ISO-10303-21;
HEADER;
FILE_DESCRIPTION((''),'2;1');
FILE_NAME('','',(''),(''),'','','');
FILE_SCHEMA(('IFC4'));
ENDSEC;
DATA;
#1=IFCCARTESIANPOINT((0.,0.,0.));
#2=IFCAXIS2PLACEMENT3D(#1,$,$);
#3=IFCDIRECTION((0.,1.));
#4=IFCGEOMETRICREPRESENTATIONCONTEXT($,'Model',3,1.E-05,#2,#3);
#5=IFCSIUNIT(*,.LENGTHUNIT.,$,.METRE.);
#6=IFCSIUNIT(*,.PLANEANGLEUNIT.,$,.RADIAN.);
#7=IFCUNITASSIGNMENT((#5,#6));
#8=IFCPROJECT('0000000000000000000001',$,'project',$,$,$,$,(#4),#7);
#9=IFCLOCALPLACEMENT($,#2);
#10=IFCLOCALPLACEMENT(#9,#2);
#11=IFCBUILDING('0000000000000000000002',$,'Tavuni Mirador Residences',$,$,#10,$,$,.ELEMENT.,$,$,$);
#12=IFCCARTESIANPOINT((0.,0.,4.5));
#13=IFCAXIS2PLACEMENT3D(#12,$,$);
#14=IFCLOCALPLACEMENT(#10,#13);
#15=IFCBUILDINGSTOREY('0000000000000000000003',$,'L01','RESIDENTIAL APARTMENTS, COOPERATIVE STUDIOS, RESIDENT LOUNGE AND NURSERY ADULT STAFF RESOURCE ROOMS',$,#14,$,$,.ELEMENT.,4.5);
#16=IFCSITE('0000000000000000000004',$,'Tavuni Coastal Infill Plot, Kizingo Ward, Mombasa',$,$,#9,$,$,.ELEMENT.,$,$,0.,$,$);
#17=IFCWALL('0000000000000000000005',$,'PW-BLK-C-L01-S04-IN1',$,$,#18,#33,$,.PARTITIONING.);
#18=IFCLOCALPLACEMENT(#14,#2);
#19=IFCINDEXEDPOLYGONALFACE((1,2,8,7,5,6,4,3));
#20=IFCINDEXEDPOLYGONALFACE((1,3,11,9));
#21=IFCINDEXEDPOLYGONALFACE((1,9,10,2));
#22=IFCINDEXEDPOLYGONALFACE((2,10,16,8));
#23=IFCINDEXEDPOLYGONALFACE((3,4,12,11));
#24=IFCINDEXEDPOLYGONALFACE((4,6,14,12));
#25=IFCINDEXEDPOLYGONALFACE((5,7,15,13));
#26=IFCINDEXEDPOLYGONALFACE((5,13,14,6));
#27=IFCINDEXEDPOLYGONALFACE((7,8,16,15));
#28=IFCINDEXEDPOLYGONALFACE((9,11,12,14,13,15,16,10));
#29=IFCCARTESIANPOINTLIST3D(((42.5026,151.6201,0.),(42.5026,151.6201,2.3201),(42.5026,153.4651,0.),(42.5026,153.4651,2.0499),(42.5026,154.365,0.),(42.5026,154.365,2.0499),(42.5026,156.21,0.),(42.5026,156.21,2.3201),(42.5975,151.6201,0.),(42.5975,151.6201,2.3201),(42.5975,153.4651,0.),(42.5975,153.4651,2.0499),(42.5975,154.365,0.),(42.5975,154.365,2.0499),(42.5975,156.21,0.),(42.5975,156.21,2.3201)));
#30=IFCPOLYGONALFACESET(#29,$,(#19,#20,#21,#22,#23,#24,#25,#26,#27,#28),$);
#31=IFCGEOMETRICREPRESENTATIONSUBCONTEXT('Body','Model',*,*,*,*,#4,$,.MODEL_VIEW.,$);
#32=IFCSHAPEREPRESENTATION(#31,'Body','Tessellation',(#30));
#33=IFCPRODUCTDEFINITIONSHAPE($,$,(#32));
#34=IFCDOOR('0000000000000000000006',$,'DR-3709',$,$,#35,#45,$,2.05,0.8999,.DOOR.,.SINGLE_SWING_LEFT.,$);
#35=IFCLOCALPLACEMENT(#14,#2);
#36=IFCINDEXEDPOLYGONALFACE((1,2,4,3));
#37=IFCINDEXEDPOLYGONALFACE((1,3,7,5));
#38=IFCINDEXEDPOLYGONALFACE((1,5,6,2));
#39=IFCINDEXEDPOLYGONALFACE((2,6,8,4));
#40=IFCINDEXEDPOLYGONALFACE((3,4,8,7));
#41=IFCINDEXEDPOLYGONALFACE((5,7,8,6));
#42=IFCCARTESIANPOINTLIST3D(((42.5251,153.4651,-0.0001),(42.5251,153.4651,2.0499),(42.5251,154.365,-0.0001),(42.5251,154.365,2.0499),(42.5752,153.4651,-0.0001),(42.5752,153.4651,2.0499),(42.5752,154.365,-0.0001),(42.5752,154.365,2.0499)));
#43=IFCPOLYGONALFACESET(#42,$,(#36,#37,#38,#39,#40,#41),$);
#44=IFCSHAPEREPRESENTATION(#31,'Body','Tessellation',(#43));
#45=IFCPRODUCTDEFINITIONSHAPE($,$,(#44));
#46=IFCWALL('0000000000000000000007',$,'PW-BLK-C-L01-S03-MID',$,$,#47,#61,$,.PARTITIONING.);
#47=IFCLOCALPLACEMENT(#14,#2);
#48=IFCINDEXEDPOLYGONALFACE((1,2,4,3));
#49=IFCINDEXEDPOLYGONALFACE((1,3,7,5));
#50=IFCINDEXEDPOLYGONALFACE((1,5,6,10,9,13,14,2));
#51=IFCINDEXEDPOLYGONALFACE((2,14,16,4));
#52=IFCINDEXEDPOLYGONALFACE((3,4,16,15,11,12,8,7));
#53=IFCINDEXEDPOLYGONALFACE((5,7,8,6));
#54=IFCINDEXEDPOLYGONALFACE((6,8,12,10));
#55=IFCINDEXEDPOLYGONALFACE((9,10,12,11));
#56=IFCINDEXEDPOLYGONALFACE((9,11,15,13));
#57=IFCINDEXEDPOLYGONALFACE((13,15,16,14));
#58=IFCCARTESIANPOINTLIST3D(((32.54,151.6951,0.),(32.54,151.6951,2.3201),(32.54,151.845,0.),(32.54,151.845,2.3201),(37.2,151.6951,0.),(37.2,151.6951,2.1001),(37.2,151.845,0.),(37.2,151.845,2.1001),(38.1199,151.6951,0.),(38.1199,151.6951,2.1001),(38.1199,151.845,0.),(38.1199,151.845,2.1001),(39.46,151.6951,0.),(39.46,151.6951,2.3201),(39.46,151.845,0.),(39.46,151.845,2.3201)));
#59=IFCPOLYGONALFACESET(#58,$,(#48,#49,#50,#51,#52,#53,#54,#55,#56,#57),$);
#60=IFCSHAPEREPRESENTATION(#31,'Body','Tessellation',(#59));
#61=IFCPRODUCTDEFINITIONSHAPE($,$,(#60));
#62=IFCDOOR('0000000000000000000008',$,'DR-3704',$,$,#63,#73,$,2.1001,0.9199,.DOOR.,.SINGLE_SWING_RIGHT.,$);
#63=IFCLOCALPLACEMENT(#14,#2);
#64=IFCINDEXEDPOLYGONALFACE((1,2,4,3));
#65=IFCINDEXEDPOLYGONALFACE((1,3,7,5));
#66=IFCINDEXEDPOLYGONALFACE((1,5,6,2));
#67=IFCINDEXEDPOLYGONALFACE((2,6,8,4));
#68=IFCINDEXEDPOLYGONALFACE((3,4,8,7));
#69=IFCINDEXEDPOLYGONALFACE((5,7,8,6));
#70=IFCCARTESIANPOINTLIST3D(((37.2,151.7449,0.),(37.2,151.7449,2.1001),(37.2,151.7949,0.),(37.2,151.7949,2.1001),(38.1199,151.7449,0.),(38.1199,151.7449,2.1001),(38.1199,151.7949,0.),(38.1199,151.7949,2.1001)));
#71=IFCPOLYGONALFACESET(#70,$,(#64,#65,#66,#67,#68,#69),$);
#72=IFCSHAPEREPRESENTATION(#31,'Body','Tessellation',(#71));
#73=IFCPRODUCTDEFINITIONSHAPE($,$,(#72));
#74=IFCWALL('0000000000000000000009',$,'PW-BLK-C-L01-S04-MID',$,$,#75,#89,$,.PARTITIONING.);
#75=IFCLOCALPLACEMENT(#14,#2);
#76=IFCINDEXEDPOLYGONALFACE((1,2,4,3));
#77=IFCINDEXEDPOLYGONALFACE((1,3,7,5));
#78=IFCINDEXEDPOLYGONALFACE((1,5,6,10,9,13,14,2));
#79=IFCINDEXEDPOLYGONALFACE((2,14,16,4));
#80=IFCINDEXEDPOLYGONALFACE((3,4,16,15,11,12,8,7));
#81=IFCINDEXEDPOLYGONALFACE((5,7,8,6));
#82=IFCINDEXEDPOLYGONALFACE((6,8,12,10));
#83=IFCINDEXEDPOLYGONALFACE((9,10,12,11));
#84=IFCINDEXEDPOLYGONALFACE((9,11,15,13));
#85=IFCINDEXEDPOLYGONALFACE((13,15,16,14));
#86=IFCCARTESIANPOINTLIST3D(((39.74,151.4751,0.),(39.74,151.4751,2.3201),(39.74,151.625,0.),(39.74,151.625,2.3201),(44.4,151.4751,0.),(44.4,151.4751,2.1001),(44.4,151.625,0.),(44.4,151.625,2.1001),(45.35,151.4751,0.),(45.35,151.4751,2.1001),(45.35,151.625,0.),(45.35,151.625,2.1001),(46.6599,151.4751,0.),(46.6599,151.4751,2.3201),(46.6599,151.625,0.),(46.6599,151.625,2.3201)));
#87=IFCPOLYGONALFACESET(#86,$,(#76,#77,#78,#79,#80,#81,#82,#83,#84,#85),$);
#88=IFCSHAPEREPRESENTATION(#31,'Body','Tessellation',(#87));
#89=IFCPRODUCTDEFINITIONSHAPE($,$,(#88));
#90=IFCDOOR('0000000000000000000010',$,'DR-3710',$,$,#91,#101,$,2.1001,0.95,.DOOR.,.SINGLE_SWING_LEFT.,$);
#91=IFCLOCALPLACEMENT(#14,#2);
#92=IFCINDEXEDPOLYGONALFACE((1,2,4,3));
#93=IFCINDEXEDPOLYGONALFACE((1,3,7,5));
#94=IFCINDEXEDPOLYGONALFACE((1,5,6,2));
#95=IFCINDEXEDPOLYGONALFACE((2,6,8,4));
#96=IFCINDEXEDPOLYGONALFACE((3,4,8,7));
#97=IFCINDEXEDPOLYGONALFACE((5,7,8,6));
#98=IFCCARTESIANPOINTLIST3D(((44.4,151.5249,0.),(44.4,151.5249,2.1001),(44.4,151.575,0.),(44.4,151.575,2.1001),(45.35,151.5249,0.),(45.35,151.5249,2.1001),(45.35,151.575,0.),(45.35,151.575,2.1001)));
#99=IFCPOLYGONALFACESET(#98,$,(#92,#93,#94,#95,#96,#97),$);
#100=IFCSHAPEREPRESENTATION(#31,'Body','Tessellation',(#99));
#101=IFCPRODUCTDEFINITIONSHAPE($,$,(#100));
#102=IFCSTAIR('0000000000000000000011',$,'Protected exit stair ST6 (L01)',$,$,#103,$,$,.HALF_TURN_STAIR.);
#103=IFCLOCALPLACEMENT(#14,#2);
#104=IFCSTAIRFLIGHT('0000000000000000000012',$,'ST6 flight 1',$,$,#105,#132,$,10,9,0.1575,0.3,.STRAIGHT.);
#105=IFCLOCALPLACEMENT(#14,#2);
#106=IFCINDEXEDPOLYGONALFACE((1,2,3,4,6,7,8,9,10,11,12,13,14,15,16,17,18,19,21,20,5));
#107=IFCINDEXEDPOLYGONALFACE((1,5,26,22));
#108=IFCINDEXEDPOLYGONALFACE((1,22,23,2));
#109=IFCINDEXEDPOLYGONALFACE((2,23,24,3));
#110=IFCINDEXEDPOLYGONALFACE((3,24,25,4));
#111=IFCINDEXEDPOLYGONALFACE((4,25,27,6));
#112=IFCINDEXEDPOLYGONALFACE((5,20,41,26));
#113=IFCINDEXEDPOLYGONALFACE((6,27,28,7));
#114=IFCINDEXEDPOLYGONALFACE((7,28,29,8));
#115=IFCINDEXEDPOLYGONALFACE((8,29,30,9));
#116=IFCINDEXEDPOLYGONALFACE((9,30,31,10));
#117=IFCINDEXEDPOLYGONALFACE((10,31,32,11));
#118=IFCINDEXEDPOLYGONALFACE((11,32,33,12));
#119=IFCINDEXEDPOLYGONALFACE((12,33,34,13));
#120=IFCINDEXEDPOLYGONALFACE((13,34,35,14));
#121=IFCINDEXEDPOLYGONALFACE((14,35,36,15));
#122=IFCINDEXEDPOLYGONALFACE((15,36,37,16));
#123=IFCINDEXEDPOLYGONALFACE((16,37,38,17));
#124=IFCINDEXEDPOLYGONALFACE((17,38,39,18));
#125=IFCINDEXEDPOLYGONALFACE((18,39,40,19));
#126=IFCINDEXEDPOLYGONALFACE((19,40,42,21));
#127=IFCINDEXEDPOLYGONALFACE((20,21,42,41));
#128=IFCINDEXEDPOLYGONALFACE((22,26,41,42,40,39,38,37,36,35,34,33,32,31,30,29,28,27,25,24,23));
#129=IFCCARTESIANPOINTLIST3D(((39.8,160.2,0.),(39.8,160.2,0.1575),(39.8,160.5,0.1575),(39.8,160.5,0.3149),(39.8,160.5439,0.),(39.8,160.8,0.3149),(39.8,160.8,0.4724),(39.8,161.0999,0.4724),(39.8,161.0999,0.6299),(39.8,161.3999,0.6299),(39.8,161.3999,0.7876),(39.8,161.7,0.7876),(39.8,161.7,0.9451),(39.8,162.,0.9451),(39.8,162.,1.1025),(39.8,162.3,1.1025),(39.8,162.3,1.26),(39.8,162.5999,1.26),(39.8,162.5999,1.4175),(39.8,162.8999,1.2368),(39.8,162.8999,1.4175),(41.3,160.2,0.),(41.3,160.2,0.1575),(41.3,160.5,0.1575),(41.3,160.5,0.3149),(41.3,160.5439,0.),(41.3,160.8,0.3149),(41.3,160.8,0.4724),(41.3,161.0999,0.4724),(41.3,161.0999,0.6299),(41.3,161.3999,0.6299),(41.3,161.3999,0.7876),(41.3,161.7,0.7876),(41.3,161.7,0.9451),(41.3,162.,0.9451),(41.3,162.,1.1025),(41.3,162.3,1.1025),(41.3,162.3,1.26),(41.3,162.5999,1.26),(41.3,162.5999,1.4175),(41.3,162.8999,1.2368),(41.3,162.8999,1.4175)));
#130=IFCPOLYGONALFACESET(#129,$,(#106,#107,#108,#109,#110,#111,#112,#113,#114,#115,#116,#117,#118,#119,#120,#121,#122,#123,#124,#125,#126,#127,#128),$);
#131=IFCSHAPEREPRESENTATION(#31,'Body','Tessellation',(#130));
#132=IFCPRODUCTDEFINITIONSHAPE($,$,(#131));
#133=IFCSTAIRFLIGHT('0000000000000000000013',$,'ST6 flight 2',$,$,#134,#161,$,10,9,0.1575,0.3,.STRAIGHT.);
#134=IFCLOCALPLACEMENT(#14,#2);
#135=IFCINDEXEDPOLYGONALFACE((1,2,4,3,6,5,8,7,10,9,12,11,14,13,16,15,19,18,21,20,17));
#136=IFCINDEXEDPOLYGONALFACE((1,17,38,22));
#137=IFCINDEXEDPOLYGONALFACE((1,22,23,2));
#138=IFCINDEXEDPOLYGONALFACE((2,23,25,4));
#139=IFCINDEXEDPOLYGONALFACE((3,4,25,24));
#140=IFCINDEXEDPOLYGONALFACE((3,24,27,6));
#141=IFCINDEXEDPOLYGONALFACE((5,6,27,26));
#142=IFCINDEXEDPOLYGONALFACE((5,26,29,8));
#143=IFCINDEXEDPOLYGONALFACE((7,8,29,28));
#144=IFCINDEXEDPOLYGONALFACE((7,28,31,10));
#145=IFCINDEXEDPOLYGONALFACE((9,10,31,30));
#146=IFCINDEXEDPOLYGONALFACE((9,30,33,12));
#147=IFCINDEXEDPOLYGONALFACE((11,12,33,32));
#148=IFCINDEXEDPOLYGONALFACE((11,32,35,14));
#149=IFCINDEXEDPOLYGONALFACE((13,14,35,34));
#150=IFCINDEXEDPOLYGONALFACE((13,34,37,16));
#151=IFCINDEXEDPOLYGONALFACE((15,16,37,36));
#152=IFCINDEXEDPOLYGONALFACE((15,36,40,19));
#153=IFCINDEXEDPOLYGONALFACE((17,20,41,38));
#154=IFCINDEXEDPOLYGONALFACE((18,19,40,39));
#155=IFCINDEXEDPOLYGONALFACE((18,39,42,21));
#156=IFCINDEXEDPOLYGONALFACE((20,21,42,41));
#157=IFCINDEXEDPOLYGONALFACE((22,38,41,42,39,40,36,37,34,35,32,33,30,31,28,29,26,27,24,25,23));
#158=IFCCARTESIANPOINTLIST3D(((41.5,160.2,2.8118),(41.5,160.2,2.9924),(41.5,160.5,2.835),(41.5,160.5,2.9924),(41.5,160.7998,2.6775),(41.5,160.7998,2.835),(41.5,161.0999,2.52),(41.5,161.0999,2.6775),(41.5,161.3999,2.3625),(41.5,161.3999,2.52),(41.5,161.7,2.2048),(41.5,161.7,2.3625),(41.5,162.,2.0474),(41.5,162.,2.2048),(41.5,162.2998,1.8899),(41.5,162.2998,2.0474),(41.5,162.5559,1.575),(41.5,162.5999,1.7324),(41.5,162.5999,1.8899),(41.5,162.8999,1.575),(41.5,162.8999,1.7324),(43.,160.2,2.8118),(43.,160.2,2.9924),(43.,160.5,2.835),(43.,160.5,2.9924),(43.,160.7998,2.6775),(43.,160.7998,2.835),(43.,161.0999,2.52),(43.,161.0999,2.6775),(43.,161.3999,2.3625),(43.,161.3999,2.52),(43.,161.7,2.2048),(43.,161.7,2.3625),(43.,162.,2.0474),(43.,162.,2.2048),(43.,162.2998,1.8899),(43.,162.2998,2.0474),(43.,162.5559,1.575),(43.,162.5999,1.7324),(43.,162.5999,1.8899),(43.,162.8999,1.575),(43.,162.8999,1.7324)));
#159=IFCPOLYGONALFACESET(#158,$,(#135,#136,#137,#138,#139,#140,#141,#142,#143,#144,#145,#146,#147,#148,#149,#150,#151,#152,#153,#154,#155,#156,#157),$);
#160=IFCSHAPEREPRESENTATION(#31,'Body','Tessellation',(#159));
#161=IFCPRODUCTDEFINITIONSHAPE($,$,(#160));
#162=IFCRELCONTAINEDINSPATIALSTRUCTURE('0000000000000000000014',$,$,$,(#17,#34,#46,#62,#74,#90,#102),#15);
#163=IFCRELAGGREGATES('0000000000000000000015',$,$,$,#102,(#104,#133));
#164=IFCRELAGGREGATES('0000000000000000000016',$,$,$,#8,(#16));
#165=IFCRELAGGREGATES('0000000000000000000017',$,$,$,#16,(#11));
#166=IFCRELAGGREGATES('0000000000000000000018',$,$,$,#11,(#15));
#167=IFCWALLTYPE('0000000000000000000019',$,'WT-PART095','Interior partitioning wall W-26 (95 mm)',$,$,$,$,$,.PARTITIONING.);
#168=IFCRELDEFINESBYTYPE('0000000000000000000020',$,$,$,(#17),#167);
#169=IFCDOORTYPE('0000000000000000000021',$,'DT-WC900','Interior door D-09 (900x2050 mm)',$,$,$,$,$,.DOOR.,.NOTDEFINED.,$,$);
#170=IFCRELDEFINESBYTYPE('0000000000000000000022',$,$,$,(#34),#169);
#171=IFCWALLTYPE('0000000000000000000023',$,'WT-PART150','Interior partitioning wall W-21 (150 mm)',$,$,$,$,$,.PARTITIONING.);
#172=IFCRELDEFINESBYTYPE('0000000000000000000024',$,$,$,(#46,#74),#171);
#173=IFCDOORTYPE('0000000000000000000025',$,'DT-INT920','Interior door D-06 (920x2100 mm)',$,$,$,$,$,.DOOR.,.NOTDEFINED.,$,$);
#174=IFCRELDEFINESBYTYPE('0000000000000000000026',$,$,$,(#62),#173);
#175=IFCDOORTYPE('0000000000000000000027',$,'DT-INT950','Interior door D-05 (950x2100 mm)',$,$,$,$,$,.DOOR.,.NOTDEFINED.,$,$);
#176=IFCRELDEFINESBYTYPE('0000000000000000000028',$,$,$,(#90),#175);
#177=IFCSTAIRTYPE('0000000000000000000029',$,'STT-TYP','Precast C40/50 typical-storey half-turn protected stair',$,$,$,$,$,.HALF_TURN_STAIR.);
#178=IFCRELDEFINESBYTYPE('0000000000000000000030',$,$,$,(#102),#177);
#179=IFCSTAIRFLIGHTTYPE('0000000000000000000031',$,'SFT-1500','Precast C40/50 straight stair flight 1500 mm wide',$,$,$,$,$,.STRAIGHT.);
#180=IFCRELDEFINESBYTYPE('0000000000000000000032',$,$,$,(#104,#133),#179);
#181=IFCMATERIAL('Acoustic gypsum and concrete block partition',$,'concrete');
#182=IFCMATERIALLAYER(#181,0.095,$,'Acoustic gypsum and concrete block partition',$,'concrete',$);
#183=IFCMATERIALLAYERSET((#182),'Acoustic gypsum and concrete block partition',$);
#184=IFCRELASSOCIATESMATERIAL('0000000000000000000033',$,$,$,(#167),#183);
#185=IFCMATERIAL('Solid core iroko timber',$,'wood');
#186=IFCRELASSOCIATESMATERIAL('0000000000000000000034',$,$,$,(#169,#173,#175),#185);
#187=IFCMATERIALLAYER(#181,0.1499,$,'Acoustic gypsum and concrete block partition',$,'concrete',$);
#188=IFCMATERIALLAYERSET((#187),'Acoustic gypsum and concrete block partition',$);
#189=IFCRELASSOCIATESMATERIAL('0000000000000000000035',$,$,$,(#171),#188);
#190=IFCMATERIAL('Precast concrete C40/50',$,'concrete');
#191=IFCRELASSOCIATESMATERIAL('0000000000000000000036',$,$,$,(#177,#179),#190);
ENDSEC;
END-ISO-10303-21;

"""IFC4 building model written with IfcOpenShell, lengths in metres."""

from ifc_helpers import new_model, si_unit, direction, frame, frame_2d, origin, place, context, subcontext, project, spatial, polyline, rectangle, outline, extrude, material, layer, layer_set, type_object, element, fill, aggregate, save


model = new_model("IFC4")

# Units and contexts
model_context = context("Model", 3, precision=1e-05, world=origin(), true_north=direction((0.0, 1.0)))
body_context = subcontext(model_context, "Body", "Model", "MODEL_VIEW")
ifc_project = project(units=[si_unit("LENGTHUNIT", "METRE"), si_unit("PLANEANGLEUNIT", "RADIAN")], contexts=[model_context])

# Site, building, storey
site_placement = place(None, origin())
site = spatial("IfcSite", under=ifc_project, at=site_placement, Name="Tavuni Coastal Infill Plot, Kizingo Ward, Mombasa", CompositionType="ELEMENT", RefElevation=0.0)
building_placement = place(site_placement, origin())
building = spatial("IfcBuilding", under=site, at=building_placement, Name="Tavuni Mirador Residences", CompositionType="ELEMENT")
storey_placement = place(building_placement, frame((0.0, 0.0, 4.5)))
storey = spatial("IfcBuildingStorey", under=building, at=storey_placement, Name="L01", Description="RESIDENTIAL APARTMENTS, COOPERATIVE STUDIOS, RESIDENT LOUNGE AND NURSERY ADULT STAFF RESOURCE ROOMS", CompositionType="ELEMENT", Elevation=4.5)

# Shared definitions
ifc_material_1 = material(Name="Precast concrete C40/50", Category="concrete")

# Shared definitions
ifc_material_2 = material(Name="Solid core iroko timber", Category="wood")

# Walls, openings, doors
ifc_material_3 = material(Name="Acoustic gypsum and concrete block partition", Category="concrete")
ifc_layer_1 = layer(ifc_material_3, 0.095, Name="Acoustic gypsum and concrete block partition", Category="concrete")
ifc_layer_set_1 = layer_set([ifc_layer_1], Name="Acoustic gypsum and concrete block partition")
wall_type_1 = type_object("IfcWallType", Name="WT-PART095", Description="Interior partitioning wall W-26 (95 mm)", PredefinedType="PARTITIONING", material=ifc_layer_set_1)
wall_1_placement = place(storey_placement, frame((42.55, 151.6201, 0.0), z_axis=(0.0, 0.0, 1.0), x_axis=(0.0, 1.0, 0.0)))
wall_1 = element("IfcWall", 1, at=wall_1_placement, inside=storey, type_object=wall_type_1, Name="PW-BLK-C-L01-S04-IN1", PredefinedType="PARTITIONING", context=body_context, shape_type="SweptSolid", body=[
    extrude(rectangle(XDim=4.5898, YDim=0.095, at=frame_2d((2.2949, 0.0))), origin(), (0.0, 0.0, 1.0), 2.3201),
])
opening_1_placement = place(wall_1_placement, frame((1.845, 0.0, 0.0)))
opening_1 = element("IfcOpeningElement", 2, at=opening_1_placement, cuts=wall_1, PredefinedType="OPENING", context=body_context, shape_type="SweptSolid", body=[
    extrude(rectangle(XDim=0.8999, YDim=2.05, at=frame_2d((0.45, 1.0249))), frame((0.0, 0.0576, 0.0), z_axis=(0.0, -1.0, 0.0), x_axis=(1.0, 0.0, 0.0)), (0.0, 0.0, 1.0), 0.115),
])
door_type_1 = type_object("IfcDoorType", Name="DT-WC900", Description="Interior door D-09 (900x2050 mm)", OperationType="NOTDEFINED", PredefinedType="DOOR", material=ifc_material_2)
door_1_placement = place(opening_1_placement, origin())
door_1 = element("IfcDoor", 3, at=door_1_placement, inside=storey, type_object=door_type_1, Name="DR-3709", OperationType="SINGLE_SWING_LEFT", OverallHeight=2.05, OverallWidth=0.8999, PredefinedType="DOOR", context=body_context, shape_type="SweptSolid", body=[
    extrude(rectangle(XDim=0.8999, YDim=2.05, at=frame_2d((0.45, 1.0249))), frame((0.0, 0.0249, 0.0), z_axis=(0.0, -1.0, 0.0), x_axis=(1.0, 0.0, 0.0)), (0.0, 0.0, 1.0), 0.05),
])
fill(opening_1, door_1)
ifc_layer_2 = layer(ifc_material_3, 0.1499, Name="Acoustic gypsum and concrete block partition", Category="concrete")
ifc_layer_set_2 = layer_set([ifc_layer_2], Name="Acoustic gypsum and concrete block partition")
wall_type_2 = type_object("IfcWallType", Name="WT-PART150", Description="Interior partitioning wall W-21 (150 mm)", PredefinedType="PARTITIONING", material=ifc_layer_set_2)
wall_2_placement = place(storey_placement, frame((32.54, 151.77, 0.0), z_axis=(0.0, 0.0, 1.0), x_axis=(1.0, 0.0, 0.0)))
wall_2 = element("IfcWall", 4, at=wall_2_placement, inside=storey, type_object=wall_type_2, Name="PW-BLK-C-L01-S03-MID", PredefinedType="PARTITIONING", context=body_context, shape_type="SweptSolid", body=[
    extrude(rectangle(XDim=6.9199, YDim=0.1499, at=frame_2d((3.46, 0.0))), origin(), (0.0, 0.0, 1.0), 2.3201),
])
opening_2_placement = place(wall_2_placement, frame((4.6599, 0.0, 0.0)))
opening_2 = element("IfcOpeningElement", 5, at=opening_2_placement, cuts=wall_2, PredefinedType="OPENING", context=body_context, shape_type="SweptSolid", body=[
    extrude(rectangle(XDim=0.9199, YDim=2.1001, at=frame_2d((0.46, 1.05))), frame((0.0, 0.085, 0.0), z_axis=(0.0, -1.0, 0.0), x_axis=(1.0, 0.0, 0.0)), (0.0, 0.0, 1.0), 0.1699),
])
door_type_2 = type_object("IfcDoorType", Name="DT-INT920", Description="Interior door D-06 (920x2100 mm)", OperationType="NOTDEFINED", PredefinedType="DOOR", material=ifc_material_2)
door_2_placement = place(opening_2_placement, origin())
door_2 = element("IfcDoor", 6, at=door_2_placement, inside=storey, type_object=door_type_2, Name="DR-3704", OperationType="SINGLE_SWING_RIGHT", OverallHeight=2.1001, OverallWidth=0.9199, PredefinedType="DOOR", context=body_context, shape_type="SweptSolid", body=[
    extrude(rectangle(XDim=0.9199, YDim=2.1001, at=frame_2d((0.46, 1.05))), frame((0.0, 0.0249, 0.0), z_axis=(0.0, -1.0, 0.0), x_axis=(1.0, 0.0, 0.0)), (0.0, 0.0, 1.0), 0.05),
])
fill(opening_2, door_2)
wall_3_placement = place(storey_placement, frame((39.74, 151.55, 0.0), z_axis=(0.0, 0.0, 1.0), x_axis=(1.0, 0.0, 0.0)))
wall_3 = element("IfcWall", 7, at=wall_3_placement, inside=storey, type_object=wall_type_2, Name="PW-BLK-C-L01-S04-MID", PredefinedType="PARTITIONING", context=body_context, shape_type="SweptSolid", body=[
    extrude(rectangle(XDim=6.9199, YDim=0.1499, at=frame_2d((3.46, 0.0))), origin(), (0.0, 0.0, 1.0), 2.3201),
])
opening_3_placement = place(wall_3_placement, frame((4.6599, 0.0, 0.0)))
opening_3 = element("IfcOpeningElement", 8, at=opening_3_placement, cuts=wall_3, PredefinedType="OPENING", context=body_context, shape_type="SweptSolid", body=[
    extrude(rectangle(XDim=0.95, YDim=2.1001, at=frame_2d((0.4751, 1.05))), frame((0.0, 0.085, 0.0), z_axis=(0.0, -1.0, 0.0), x_axis=(1.0, 0.0, 0.0)), (0.0, 0.0, 1.0), 0.1699),
])
door_type_3 = type_object("IfcDoorType", Name="DT-INT950", Description="Interior door D-05 (950x2100 mm)", OperationType="NOTDEFINED", PredefinedType="DOOR", material=ifc_material_2)
door_3_placement = place(opening_3_placement, origin())
door_3 = element("IfcDoor", 9, at=door_3_placement, inside=storey, type_object=door_type_3, Name="DR-3710", OperationType="SINGLE_SWING_LEFT", OverallHeight=2.1001, OverallWidth=0.95, PredefinedType="DOOR", context=body_context, shape_type="SweptSolid", body=[
    extrude(rectangle(XDim=0.95, YDim=2.1001, at=frame_2d((0.4751, 1.05))), frame((0.0, 0.0249, 0.0), z_axis=(0.0, -1.0, 0.0), x_axis=(1.0, 0.0, 0.0)), (0.0, 0.0, 1.0), 0.05),
])
fill(opening_3, door_3)

# Stair, stair flights
stair_type = type_object("IfcStairType", Name="STT-TYP", Description="Precast C40/50 typical-storey half-turn protected stair", PredefinedType="HALF_TURN_STAIR", material=ifc_material_1)
stair_placement = place(storey_placement, origin())
stair = element("IfcStair", 10, at=stair_placement, inside=storey, type_object=stair_type, Name="Protected exit stair ST6 (L01)", PredefinedType="HALF_TURN_STAIR")
stair_flight_type = type_object("IfcStairFlightType", Name="SFT-1500", Description="Precast C40/50 straight stair flight 1500 mm wide", PredefinedType="STRAIGHT", material=ifc_material_1)
stair_flight_1_placement = place(storey_placement, frame((40.55, 160.2, 0.0), z_axis=(0.0, 0.0, 1.0), x_axis=(0.0, 1.0, 0.0)))
stair_flight_1 = element("IfcStairFlight", 11, at=stair_flight_1_placement, type_object=stair_flight_type, Name="ST6 flight 1", NumberOfRisers=10, NumberOfTreads=9, PredefinedType="STRAIGHT", RiserHeight=0.1575, TreadLength=0.3, context=body_context, shape_type="SweptSolid", body=[
    extrude(outline(polyline([(0.0, 0.0), (0.0, 0.1575), (0.3, 0.1575), (0.3, 0.3149), (0.6001, 0.3149), (0.6001, 0.4724), (0.8999, 0.4724), (0.8999, 0.6299), (1.2, 0.6299), (1.2, 0.7876), (1.5, 0.7876), (1.5, 0.9451), (1.8, 0.9451), (1.8, 1.1025), (2.1001, 1.1025), (2.1001, 1.26), (2.3999, 1.26), (2.3999, 1.4175), (2.7, 1.4175), (2.7, 1.575), (2.7, 1.2368), (0.344, 0.0), (0.0, 0.0)])), frame((0.0, 0.75, 0.0), z_axis=(0.0, -1.0, 0.0), x_axis=(1.0, 0.0, 0.0)), (0.0, 0.0, 1.0), 1.5),
])
stair_flight_2_placement = place(storey_placement, frame((42.25, 162.8999, 1.575), z_axis=(0.0, 0.0, 1.0), x_axis=(0.0, -1.0, 0.0)))
stair_flight_2 = element("IfcStairFlight", 12, at=stair_flight_2_placement, type_object=stair_flight_type, Name="ST6 flight 2", NumberOfRisers=10, NumberOfTreads=9, PredefinedType="STRAIGHT", RiserHeight=0.1575, TreadLength=0.3, context=body_context, shape_type="SweptSolid", body=[
    extrude(outline(polyline([(0.0, 0.0), (0.0, 0.1575), (0.3, 0.1575), (0.3, 0.3149), (0.6001, 0.3149), (0.6001, 0.4724), (0.8999, 0.4724), (0.8999, 0.6299), (1.2, 0.6299), (1.2, 0.7876), (1.5, 0.7876), (1.5, 0.9451), (1.8, 0.9451), (1.8, 1.1025), (2.1001, 1.1025), (2.1001, 1.26), (2.3999, 1.26), (2.3999, 1.4175), (2.7, 1.4175), (2.7, 1.575), (2.7, 1.2368), (0.344, 0.0), (0.0, 0.0)])), frame((0.0, 0.75, 0.0), z_axis=(0.0, -1.0, 0.0), x_axis=(1.0, 0.0, 0.0)), (0.0, 0.0, 1.0), 1.5),
])
aggregate(stair, [stair_flight_1, stair_flight_2])

save(model, "model.ifc")
